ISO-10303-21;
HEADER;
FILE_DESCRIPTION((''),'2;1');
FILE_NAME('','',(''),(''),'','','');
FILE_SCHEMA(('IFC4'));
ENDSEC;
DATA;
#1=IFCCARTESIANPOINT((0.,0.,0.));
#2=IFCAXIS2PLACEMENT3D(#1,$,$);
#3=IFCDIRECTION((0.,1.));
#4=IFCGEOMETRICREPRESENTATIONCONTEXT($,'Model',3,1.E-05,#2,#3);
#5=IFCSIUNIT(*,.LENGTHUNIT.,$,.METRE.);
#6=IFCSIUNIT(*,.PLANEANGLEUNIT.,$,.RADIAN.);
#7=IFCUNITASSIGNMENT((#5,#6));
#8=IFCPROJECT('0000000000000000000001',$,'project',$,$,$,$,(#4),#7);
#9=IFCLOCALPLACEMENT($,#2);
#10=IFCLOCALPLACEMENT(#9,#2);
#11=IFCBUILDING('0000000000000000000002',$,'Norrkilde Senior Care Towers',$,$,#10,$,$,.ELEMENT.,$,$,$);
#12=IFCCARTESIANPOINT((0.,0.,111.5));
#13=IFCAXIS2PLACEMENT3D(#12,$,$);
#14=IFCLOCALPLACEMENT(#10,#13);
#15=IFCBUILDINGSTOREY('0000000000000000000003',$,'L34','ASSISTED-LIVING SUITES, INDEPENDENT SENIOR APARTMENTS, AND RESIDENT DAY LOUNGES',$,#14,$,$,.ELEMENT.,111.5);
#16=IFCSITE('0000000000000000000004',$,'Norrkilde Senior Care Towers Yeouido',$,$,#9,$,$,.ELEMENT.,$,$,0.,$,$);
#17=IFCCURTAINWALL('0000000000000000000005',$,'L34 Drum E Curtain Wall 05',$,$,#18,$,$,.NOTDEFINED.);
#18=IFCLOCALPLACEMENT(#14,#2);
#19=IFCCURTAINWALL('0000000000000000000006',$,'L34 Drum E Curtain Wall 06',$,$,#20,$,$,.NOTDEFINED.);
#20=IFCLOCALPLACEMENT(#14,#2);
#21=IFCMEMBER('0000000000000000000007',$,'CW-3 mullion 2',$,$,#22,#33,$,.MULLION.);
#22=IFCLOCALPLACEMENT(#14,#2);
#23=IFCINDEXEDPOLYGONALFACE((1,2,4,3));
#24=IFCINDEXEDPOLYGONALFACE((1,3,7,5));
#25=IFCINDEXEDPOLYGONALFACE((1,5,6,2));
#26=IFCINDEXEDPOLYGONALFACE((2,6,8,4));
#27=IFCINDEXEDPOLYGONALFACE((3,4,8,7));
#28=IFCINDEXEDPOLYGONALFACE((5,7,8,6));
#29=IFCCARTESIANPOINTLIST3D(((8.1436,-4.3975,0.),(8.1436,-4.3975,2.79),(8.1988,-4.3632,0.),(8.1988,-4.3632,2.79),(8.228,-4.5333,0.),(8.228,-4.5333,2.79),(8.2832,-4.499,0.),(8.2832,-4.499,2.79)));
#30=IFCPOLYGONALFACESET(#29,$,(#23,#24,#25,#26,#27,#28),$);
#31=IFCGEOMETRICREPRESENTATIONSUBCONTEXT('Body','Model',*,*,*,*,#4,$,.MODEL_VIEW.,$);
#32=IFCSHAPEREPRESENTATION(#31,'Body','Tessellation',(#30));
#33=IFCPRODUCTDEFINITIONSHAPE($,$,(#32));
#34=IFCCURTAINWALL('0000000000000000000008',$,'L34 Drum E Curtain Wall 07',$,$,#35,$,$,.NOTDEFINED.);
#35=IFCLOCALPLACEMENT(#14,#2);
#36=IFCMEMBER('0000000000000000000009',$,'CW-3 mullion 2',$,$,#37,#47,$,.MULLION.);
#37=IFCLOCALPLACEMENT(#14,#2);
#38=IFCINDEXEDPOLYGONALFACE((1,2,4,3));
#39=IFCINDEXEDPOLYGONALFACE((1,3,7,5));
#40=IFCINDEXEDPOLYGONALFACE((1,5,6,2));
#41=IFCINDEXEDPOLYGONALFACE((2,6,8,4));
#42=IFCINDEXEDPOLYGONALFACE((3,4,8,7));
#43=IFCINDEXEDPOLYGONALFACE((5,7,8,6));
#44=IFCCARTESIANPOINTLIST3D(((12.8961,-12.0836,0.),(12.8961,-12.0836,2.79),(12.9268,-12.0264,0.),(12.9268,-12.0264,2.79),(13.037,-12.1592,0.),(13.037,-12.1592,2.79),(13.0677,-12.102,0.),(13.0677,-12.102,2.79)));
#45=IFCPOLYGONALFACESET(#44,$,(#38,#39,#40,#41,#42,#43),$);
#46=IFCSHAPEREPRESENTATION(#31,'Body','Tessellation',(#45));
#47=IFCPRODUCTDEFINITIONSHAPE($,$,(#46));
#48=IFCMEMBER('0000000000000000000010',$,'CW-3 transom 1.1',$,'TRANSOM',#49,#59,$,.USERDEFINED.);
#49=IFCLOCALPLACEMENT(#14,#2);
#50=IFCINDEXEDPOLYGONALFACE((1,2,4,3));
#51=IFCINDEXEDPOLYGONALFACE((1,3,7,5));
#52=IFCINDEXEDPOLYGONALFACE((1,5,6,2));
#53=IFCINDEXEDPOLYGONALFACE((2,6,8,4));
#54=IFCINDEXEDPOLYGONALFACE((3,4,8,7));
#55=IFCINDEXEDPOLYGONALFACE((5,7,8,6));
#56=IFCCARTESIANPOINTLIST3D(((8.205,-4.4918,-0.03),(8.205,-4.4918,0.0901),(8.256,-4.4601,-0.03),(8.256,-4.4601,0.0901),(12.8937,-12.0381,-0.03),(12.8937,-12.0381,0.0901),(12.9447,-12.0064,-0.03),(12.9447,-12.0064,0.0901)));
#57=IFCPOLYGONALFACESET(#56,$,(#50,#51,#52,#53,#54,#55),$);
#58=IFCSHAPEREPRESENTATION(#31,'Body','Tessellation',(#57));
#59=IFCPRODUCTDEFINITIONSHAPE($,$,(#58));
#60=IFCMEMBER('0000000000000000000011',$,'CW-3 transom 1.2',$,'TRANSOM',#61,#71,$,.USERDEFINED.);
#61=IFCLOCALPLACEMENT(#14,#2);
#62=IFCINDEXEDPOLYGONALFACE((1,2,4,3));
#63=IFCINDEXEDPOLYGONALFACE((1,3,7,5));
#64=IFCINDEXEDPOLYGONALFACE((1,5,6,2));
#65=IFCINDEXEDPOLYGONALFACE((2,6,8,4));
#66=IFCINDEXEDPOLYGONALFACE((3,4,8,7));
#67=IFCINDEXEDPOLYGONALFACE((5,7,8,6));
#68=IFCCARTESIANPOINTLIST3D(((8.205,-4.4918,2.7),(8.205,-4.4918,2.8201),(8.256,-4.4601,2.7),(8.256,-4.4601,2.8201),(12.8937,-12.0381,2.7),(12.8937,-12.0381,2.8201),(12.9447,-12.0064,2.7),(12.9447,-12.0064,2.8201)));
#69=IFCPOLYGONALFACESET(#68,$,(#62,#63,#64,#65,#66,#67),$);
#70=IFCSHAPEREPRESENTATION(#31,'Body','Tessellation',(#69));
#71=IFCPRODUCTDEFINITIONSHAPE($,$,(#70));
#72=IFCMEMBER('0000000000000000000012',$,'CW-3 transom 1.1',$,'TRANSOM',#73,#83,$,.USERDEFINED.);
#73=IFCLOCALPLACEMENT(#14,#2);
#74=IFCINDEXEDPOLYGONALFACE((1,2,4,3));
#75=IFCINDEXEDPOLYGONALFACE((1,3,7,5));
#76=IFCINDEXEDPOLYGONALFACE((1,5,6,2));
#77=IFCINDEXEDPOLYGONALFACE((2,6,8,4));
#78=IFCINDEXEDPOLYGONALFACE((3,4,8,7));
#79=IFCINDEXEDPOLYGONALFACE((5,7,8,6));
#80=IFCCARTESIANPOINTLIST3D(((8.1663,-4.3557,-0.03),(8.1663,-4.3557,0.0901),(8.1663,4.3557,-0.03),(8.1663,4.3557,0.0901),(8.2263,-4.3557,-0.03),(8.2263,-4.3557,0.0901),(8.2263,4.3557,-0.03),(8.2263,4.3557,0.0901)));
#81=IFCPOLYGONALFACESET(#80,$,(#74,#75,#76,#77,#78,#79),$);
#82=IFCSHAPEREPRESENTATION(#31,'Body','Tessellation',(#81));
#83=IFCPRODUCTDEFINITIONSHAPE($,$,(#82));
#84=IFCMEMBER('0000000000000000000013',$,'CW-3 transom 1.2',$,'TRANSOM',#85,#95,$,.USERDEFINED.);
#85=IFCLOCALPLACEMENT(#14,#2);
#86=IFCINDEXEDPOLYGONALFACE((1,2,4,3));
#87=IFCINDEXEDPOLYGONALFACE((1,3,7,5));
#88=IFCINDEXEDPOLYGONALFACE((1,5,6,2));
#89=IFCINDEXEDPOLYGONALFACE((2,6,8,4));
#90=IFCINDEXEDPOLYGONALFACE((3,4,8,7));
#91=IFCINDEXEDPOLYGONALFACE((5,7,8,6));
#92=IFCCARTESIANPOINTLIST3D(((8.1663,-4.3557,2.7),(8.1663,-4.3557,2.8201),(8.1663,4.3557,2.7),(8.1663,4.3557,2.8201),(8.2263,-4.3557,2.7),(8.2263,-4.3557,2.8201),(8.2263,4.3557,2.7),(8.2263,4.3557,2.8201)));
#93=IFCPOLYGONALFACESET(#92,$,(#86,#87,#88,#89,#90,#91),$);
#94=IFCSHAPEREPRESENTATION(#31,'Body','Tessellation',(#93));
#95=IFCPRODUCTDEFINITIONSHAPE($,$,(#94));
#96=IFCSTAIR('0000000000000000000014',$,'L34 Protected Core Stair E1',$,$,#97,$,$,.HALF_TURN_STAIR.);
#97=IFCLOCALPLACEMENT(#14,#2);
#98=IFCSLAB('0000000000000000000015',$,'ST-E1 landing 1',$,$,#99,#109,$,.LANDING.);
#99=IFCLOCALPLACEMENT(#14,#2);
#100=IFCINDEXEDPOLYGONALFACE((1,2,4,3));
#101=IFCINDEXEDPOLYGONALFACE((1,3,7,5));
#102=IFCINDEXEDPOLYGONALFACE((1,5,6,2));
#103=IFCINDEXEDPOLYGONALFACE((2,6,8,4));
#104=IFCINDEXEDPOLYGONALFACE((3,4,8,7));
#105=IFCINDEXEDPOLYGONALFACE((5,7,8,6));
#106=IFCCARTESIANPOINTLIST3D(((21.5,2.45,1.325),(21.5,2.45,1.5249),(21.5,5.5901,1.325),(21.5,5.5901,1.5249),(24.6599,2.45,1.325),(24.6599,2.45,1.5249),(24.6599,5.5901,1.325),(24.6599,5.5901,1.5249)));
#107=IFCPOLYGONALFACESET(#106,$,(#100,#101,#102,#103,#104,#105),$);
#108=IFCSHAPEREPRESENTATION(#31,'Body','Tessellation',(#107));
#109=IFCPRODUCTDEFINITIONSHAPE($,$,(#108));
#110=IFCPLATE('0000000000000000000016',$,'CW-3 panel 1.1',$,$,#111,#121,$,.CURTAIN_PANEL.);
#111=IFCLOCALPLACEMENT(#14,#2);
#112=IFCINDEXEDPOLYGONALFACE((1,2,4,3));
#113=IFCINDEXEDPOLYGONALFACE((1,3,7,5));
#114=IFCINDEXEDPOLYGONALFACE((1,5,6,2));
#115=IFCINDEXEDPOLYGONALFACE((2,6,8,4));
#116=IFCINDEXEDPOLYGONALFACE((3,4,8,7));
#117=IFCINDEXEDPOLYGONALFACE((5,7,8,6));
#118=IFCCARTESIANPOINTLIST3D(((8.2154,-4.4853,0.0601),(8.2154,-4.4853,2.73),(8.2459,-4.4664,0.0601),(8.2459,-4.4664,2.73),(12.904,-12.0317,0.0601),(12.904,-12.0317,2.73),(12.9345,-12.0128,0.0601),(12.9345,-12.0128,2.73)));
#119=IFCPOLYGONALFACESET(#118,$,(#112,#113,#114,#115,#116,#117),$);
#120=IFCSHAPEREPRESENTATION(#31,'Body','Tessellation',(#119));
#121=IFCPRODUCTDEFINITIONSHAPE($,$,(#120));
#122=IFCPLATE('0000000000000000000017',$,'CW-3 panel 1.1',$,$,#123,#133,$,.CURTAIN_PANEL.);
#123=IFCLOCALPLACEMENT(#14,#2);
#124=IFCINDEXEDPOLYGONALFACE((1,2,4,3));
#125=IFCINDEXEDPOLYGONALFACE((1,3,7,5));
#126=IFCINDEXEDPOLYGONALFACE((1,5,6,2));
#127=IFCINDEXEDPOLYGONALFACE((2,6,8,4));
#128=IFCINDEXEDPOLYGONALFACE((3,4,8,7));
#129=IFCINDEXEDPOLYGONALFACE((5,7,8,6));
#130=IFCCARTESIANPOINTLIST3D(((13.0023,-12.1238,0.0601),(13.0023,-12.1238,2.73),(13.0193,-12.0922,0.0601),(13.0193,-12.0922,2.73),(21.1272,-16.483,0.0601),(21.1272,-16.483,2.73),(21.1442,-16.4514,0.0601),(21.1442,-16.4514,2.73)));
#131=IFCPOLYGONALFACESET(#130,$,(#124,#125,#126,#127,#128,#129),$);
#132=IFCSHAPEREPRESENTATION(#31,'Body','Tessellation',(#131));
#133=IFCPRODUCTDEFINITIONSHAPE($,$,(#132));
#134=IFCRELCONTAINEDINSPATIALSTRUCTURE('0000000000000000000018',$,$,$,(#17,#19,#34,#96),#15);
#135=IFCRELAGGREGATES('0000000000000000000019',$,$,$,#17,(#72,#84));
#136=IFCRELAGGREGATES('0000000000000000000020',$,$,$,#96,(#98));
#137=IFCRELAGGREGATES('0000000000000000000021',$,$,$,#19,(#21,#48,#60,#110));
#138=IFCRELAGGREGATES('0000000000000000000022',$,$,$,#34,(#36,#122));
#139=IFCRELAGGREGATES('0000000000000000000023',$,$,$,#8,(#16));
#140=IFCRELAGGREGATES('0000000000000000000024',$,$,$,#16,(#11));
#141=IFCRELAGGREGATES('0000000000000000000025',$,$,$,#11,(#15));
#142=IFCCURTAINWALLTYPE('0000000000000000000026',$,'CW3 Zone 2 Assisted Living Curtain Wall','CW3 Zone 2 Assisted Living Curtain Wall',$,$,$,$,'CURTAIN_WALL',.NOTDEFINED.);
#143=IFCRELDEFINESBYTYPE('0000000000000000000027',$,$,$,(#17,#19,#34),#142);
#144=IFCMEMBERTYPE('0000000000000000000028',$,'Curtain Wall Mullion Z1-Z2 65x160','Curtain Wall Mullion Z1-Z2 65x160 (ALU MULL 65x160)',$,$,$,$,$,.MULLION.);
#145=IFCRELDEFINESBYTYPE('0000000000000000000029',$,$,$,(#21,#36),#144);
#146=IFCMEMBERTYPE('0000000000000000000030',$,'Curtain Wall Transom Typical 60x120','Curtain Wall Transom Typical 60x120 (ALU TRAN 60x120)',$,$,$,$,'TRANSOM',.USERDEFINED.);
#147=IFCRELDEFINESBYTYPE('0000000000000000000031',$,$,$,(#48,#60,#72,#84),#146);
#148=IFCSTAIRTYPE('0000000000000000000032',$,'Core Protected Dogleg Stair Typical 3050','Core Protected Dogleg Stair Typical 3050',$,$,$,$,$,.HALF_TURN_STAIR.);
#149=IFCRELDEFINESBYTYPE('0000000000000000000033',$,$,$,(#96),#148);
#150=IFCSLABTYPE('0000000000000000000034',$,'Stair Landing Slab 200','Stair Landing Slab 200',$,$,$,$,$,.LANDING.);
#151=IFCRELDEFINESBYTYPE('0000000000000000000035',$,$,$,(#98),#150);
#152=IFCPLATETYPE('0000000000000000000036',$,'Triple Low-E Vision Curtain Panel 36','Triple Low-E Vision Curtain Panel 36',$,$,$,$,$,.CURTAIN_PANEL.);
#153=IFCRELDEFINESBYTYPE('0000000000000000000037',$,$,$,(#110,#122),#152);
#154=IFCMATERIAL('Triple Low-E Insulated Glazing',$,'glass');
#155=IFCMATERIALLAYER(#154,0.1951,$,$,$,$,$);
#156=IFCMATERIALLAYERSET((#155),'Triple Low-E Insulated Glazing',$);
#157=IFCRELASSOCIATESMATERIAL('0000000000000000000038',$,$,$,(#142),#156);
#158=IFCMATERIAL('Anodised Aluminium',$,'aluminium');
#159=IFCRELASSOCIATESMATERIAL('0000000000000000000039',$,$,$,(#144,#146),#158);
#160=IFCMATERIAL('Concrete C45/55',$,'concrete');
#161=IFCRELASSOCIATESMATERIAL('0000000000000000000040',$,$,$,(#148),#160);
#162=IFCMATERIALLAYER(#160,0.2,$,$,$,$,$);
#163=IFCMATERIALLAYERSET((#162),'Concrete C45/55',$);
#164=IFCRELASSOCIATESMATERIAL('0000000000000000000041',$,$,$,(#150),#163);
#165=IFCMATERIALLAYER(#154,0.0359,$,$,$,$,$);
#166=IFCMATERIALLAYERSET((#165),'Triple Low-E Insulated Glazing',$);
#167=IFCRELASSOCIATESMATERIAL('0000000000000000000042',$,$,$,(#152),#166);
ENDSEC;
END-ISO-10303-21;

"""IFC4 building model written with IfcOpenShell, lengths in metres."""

from ifc_helpers import new_model, si_unit, direction, frame, origin, origin_2d, place, context, subcontext, project, spatial, polyline, rectangle, outline, extrude, source, transform, mapped, material, layer, layer_set, material_profile, profile_set, type_object, type_shapes, element, aggregate, save


model = new_model("IFC4")

# Units and contexts
model_context = context("Model", 3, precision=1e-05, world=origin(), true_north=direction((0.0, 1.0)))
body_context = subcontext(model_context, "Body", "Model", "MODEL_VIEW")
ifc_project = project(units=[si_unit("LENGTHUNIT", "METRE"), si_unit("PLANEANGLEUNIT", "RADIAN")], contexts=[model_context])

# Site, building, storey
site_placement = place(None, origin())
site = spatial("IfcSite", under=ifc_project, at=site_placement, Name="Norrkilde Senior Care Towers Yeouido", CompositionType="ELEMENT", RefElevation=0.0)
building_placement = place(site_placement, origin())
building = spatial("IfcBuilding", under=site, at=building_placement, Name="Norrkilde Senior Care Towers", CompositionType="ELEMENT")
storey_placement = place(building_placement, frame((0.0, 0.0, 111.5)))
storey = spatial("IfcBuildingStorey", under=building, at=storey_placement, Name="L34", Description="ASSISTED-LIVING SUITES, INDEPENDENT SENIOR APARTMENTS, AND RESIDENT DAY LOUNGES", CompositionType="ELEMENT", Elevation=111.5)

# Curtain wall
ifc_material_1 = material(Name="Triple Low-E Insulated Glazing", Category="glass")
ifc_layer_1 = layer(ifc_material_1, 0.1951)
ifc_layer_set_1 = layer_set([ifc_layer_1], Name="Triple Low-E Insulated Glazing")
curtain_wall_type = type_object("IfcCurtainWallType", Name="CW3 Zone 2 Assisted Living Curtain Wall", Description="CW3 Zone 2 Assisted Living Curtain Wall", ElementType="CURTAIN_WALL", PredefinedType="NOTDEFINED", material=ifc_layer_set_1)
curtain_wall_1_placement = place(storey_placement, origin())
curtain_wall_1 = element("IfcCurtainWall", 1, at=curtain_wall_1_placement, inside=storey, type_object=curtain_wall_type, Name="L34 Drum E Curtain Wall 05", PredefinedType="NOTDEFINED")
ifc_material_2 = material(Name="Anodised Aluminium", Category="aluminium")
ifc_material_profile_1 = material_profile(ifc_material_2, rectangle(XDim=0.0649, YDim=0.1599, at=origin_2d()), Name="ALU MULL 65x160")
ifc_profile_set_1 = profile_set([ifc_material_profile_1], Name="Anodised Aluminium")
member_type_1 = type_object("IfcMemberType", Name="Curtain Wall Mullion Z1-Z2 65x160", Description="Curtain Wall Mullion Z1-Z2 65x160 (ALU MULL 65x160)", PredefinedType="MULLION", material=ifc_profile_set_1)
shared_shape_1 = source(origin(), body_context, "Body", "SweptSolid", [
    extrude(rectangle(XDim=0.0649, YDim=0.1599, at=origin_2d()), origin(), (0.0, 0.0, 1.0), 2.79),
])
type_shapes(member_type_1, [shared_shape_1])

# Curtain wall, member
curtain_wall_2_placement = place(storey_placement, origin())
curtain_wall_2 = element("IfcCurtainWall", 2, at=curtain_wall_2_placement, inside=storey, type_object=curtain_wall_type, Name="L34 Drum E Curtain Wall 06", PredefinedType="NOTDEFINED")
member_1_placement = place(storey_placement, frame((8.2134, -4.4482, 0.0), z_axis=(0.0, 0.0, 1.0), x_axis=(-0.84941, -0.527733, 0.0)))
member_1 = element("IfcMember", 3, at=member_1_placement, type_object=member_type_1, Name="CW-3 mullion 2", PredefinedType="MULLION", context=body_context, shape_type="MappedRepresentation", body=[
    mapped(shared_shape_1, transform((0.0, 0.0, 0.0), x_axis=(1.0, 0.0, 0.0), y_axis=(0.0, 1.0, 0.0), z_axis=(0.0, 0.0, 1.0), scale=1.0)),
])

# Curtain wall, member
curtain_wall_3_placement = place(storey_placement, origin())
curtain_wall_3 = element("IfcCurtainWall", 4, at=curtain_wall_3_placement, inside=storey, type_object=curtain_wall_type, Name="L34 Drum E Curtain Wall 07", PredefinedType="NOTDEFINED")
member_2_placement = place(storey_placement, frame((12.9819, -12.0928, 0.0), z_axis=(0.0, 0.0, 1.0), x_axis=(-0.472769, -0.881186, 0.0)))
member_2 = element("IfcMember", 5, at=member_2_placement, type_object=member_type_1, Name="CW-3 mullion 2", PredefinedType="MULLION", context=body_context, shape_type="MappedRepresentation", body=[
    mapped(shared_shape_1, transform((0.0, 0.0, 0.0), x_axis=(1.0, 0.0, 0.0), y_axis=(0.0, 1.0, 0.0), z_axis=(0.0, 0.0, 1.0), scale=1.0)),
])

# Members
ifc_material_profile_2 = material_profile(ifc_material_2, rectangle(XDim=0.0601, YDim=0.1201, at=origin_2d()), Name="ALU TRAN 60x120")
ifc_profile_set_2 = profile_set([ifc_material_profile_2], Name="Anodised Aluminium")
member_type_2 = type_object("IfcMemberType", Name="Curtain Wall Transom Typical 60x120", Description="Curtain Wall Transom Typical 60x120 (ALU TRAN 60x120)", ElementType="TRANSOM", PredefinedType="USERDEFINED", material=ifc_profile_set_2)
shared_shape_2 = source(origin(), body_context, "Body", "SweptSolid", [
    extrude(rectangle(XDim=0.0601, YDim=0.1201, at=origin_2d()), origin(), (0.0, 0.0, 1.0), 8.8843),
])
member_3_placement = place(storey_placement, frame((12.9192, -12.0222, 0.03), z_axis=(-0.527749, 0.8494, 0.0), x_axis=(-0.8494, -0.527749, 0.0)))
member_3 = element("IfcMember", 6, at=member_3_placement, type_object=member_type_2, Name="CW-3 transom 1.1", ObjectType="TRANSOM", PredefinedType="USERDEFINED", context=body_context, shape_type="MappedRepresentation", body=[
    mapped(shared_shape_2, transform((0.0, 0.0, 0.0), x_axis=(1.0, 0.0, 0.0), y_axis=(0.0, 1.0, 0.0), z_axis=(0.0, 0.0, 1.0), scale=1.0)),
])
member_4_placement = place(storey_placement, frame((12.9192, -12.0222, 2.76), z_axis=(-0.527749, 0.8494, 0.0), x_axis=(-0.8494, -0.527749, 0.0)))
member_4 = element("IfcMember", 7, at=member_4_placement, type_object=member_type_2, Name="CW-3 transom 1.2", ObjectType="TRANSOM", PredefinedType="USERDEFINED", context=body_context, shape_type="MappedRepresentation", body=[
    mapped(shared_shape_2, transform((0.0, 0.0, 0.0), x_axis=(1.0, 0.0, 0.0), y_axis=(0.0, 1.0, 0.0), z_axis=(0.0, 0.0, 1.0), scale=1.0)),
])
shared_shape_3 = source(origin(), body_context, "Body", "SweptSolid", [
    extrude(rectangle(XDim=0.0601, YDim=0.1201, at=origin_2d()), origin(), (0.0, 0.0, 1.0), 8.7114),
])
type_shapes(member_type_2, [shared_shape_2, shared_shape_3])
member_5_placement = place(storey_placement, frame((8.1963, -4.3557, 0.03), z_axis=(0.0, 1.0, 0.0), x_axis=(-1.0, 0.0, 0.0)))
member_5 = element("IfcMember", 8, at=member_5_placement, type_object=member_type_2, Name="CW-3 transom 1.1", ObjectType="TRANSOM", PredefinedType="USERDEFINED", context=body_context, shape_type="MappedRepresentation", body=[
    mapped(shared_shape_3, transform((0.0, 0.0, 0.0), x_axis=(1.0, 0.0, 0.0), y_axis=(0.0, 1.0, 0.0), z_axis=(0.0, 0.0, 1.0), scale=1.0)),
])
member_6_placement = place(storey_placement, frame((8.1963, -4.3557, 2.76), z_axis=(0.0, 1.0, 0.0), x_axis=(-1.0, 0.0, 0.0)))
member_6 = element("IfcMember", 9, at=member_6_placement, type_object=member_type_2, Name="CW-3 transom 1.2", ObjectType="TRANSOM", PredefinedType="USERDEFINED", context=body_context, shape_type="MappedRepresentation", body=[
    mapped(shared_shape_3, transform((0.0, 0.0, 0.0), x_axis=(1.0, 0.0, 0.0), y_axis=(0.0, 1.0, 0.0), z_axis=(0.0, 0.0, 1.0), scale=1.0)),
])
aggregate(curtain_wall_1, [member_5, member_6])

# Stair, slab
ifc_material_3 = material(Name="Concrete C45/55", Category="concrete")
stair_type = type_object("IfcStairType", Name="Core Protected Dogleg Stair Typical 3050", Description="Core Protected Dogleg Stair Typical 3050", PredefinedType="HALF_TURN_STAIR", material=ifc_material_3)
stair_placement = place(storey_placement, origin())
stair = element("IfcStair", 10, at=stair_placement, inside=storey, type_object=stair_type, Name="L34 Protected Core Stair E1", PredefinedType="HALF_TURN_STAIR")
ifc_layer_2 = layer(ifc_material_3, 0.2)
ifc_layer_set_2 = layer_set([ifc_layer_2], Name="Concrete C45/55")
slab_type = type_object("IfcSlabType", Name="Stair Landing Slab 200", Description="Stair Landing Slab 200", PredefinedType="LANDING", material=ifc_layer_set_2)
slab_placement = place(storey_placement, frame((0.0, 0.0, 1.325)))
slab = element("IfcSlab", 11, at=slab_placement, type_object=slab_type, Name="ST-E1 landing 1", PredefinedType="LANDING", context=body_context, shape_type="SweptSolid", body=[
    extrude(outline(polyline([(24.6599, 5.5901), (21.5, 5.5901), (21.5, 2.45), (24.6599, 2.45), (24.6599, 5.5901)])), origin(), (0.0, 0.0, 1.0), 0.2),
])
aggregate(stair, [slab])

# Plates
ifc_layer_3 = layer(ifc_material_1, 0.0359)
ifc_layer_set_3 = layer_set([ifc_layer_3], Name="Triple Low-E Insulated Glazing")
plate_type = type_object("IfcPlateType", Name="Triple Low-E Vision Curtain Panel 36", Description="Triple Low-E Vision Curtain Panel 36", PredefinedType="CURTAIN_PANEL", material=ifc_layer_set_3)
shared_shape_4 = source(origin(), body_context, "Body", "SweptSolid", [
    extrude(rectangle(XDim=8.8843, YDim=0.0359, at=origin_2d()), origin(), (0.0, 0.0, 1.0), 2.6699),
])
plate_1_placement = place(storey_placement, frame((10.575, -8.249, 0.0601), z_axis=(0.0, 0.0, 1.0), x_axis=(-0.527733, 0.84941, 0.0)))
plate_1 = element("IfcPlate", 12, at=plate_1_placement, type_object=plate_type, Name="CW-3 panel 1.1", PredefinedType="CURTAIN_PANEL", context=body_context, shape_type="MappedRepresentation", body=[
    mapped(shared_shape_4, transform((0.0, 0.0, 0.0), x_axis=(1.0, 0.0, 0.0), y_axis=(0.0, 1.0, 0.0), z_axis=(0.0, 0.0, 1.0), scale=1.0)),
])
aggregate(curtain_wall_2, [member_1, member_3, member_4, plate_1])
shared_shape_5 = source(origin(), body_context, "Body", "SweptSolid", [
    extrude(rectangle(XDim=9.2205, YDim=0.0359, at=origin_2d()), origin(), (0.0, 0.0, 1.0), 2.6699),
])
type_shapes(plate_type, [shared_shape_4, shared_shape_5])
plate_2_placement = place(storey_placement, frame((17.0732, -14.2876, 0.0601), z_axis=(0.0, 0.0, 1.0), x_axis=(-0.881186, 0.472769, 0.0)))
plate_2 = element("IfcPlate", 13, at=plate_2_placement, type_object=plate_type, Name="CW-3 panel 1.1", PredefinedType="CURTAIN_PANEL", context=body_context, shape_type="MappedRepresentation", body=[
    mapped(shared_shape_5, transform((0.0, 0.0, 0.0), x_axis=(1.0, 0.0, 0.0), y_axis=(0.0, 1.0, 0.0), z_axis=(0.0, 0.0, 1.0), scale=1.0)),
])
aggregate(curtain_wall_3, [member_2, plate_2])

save(model, "model.ifc")
